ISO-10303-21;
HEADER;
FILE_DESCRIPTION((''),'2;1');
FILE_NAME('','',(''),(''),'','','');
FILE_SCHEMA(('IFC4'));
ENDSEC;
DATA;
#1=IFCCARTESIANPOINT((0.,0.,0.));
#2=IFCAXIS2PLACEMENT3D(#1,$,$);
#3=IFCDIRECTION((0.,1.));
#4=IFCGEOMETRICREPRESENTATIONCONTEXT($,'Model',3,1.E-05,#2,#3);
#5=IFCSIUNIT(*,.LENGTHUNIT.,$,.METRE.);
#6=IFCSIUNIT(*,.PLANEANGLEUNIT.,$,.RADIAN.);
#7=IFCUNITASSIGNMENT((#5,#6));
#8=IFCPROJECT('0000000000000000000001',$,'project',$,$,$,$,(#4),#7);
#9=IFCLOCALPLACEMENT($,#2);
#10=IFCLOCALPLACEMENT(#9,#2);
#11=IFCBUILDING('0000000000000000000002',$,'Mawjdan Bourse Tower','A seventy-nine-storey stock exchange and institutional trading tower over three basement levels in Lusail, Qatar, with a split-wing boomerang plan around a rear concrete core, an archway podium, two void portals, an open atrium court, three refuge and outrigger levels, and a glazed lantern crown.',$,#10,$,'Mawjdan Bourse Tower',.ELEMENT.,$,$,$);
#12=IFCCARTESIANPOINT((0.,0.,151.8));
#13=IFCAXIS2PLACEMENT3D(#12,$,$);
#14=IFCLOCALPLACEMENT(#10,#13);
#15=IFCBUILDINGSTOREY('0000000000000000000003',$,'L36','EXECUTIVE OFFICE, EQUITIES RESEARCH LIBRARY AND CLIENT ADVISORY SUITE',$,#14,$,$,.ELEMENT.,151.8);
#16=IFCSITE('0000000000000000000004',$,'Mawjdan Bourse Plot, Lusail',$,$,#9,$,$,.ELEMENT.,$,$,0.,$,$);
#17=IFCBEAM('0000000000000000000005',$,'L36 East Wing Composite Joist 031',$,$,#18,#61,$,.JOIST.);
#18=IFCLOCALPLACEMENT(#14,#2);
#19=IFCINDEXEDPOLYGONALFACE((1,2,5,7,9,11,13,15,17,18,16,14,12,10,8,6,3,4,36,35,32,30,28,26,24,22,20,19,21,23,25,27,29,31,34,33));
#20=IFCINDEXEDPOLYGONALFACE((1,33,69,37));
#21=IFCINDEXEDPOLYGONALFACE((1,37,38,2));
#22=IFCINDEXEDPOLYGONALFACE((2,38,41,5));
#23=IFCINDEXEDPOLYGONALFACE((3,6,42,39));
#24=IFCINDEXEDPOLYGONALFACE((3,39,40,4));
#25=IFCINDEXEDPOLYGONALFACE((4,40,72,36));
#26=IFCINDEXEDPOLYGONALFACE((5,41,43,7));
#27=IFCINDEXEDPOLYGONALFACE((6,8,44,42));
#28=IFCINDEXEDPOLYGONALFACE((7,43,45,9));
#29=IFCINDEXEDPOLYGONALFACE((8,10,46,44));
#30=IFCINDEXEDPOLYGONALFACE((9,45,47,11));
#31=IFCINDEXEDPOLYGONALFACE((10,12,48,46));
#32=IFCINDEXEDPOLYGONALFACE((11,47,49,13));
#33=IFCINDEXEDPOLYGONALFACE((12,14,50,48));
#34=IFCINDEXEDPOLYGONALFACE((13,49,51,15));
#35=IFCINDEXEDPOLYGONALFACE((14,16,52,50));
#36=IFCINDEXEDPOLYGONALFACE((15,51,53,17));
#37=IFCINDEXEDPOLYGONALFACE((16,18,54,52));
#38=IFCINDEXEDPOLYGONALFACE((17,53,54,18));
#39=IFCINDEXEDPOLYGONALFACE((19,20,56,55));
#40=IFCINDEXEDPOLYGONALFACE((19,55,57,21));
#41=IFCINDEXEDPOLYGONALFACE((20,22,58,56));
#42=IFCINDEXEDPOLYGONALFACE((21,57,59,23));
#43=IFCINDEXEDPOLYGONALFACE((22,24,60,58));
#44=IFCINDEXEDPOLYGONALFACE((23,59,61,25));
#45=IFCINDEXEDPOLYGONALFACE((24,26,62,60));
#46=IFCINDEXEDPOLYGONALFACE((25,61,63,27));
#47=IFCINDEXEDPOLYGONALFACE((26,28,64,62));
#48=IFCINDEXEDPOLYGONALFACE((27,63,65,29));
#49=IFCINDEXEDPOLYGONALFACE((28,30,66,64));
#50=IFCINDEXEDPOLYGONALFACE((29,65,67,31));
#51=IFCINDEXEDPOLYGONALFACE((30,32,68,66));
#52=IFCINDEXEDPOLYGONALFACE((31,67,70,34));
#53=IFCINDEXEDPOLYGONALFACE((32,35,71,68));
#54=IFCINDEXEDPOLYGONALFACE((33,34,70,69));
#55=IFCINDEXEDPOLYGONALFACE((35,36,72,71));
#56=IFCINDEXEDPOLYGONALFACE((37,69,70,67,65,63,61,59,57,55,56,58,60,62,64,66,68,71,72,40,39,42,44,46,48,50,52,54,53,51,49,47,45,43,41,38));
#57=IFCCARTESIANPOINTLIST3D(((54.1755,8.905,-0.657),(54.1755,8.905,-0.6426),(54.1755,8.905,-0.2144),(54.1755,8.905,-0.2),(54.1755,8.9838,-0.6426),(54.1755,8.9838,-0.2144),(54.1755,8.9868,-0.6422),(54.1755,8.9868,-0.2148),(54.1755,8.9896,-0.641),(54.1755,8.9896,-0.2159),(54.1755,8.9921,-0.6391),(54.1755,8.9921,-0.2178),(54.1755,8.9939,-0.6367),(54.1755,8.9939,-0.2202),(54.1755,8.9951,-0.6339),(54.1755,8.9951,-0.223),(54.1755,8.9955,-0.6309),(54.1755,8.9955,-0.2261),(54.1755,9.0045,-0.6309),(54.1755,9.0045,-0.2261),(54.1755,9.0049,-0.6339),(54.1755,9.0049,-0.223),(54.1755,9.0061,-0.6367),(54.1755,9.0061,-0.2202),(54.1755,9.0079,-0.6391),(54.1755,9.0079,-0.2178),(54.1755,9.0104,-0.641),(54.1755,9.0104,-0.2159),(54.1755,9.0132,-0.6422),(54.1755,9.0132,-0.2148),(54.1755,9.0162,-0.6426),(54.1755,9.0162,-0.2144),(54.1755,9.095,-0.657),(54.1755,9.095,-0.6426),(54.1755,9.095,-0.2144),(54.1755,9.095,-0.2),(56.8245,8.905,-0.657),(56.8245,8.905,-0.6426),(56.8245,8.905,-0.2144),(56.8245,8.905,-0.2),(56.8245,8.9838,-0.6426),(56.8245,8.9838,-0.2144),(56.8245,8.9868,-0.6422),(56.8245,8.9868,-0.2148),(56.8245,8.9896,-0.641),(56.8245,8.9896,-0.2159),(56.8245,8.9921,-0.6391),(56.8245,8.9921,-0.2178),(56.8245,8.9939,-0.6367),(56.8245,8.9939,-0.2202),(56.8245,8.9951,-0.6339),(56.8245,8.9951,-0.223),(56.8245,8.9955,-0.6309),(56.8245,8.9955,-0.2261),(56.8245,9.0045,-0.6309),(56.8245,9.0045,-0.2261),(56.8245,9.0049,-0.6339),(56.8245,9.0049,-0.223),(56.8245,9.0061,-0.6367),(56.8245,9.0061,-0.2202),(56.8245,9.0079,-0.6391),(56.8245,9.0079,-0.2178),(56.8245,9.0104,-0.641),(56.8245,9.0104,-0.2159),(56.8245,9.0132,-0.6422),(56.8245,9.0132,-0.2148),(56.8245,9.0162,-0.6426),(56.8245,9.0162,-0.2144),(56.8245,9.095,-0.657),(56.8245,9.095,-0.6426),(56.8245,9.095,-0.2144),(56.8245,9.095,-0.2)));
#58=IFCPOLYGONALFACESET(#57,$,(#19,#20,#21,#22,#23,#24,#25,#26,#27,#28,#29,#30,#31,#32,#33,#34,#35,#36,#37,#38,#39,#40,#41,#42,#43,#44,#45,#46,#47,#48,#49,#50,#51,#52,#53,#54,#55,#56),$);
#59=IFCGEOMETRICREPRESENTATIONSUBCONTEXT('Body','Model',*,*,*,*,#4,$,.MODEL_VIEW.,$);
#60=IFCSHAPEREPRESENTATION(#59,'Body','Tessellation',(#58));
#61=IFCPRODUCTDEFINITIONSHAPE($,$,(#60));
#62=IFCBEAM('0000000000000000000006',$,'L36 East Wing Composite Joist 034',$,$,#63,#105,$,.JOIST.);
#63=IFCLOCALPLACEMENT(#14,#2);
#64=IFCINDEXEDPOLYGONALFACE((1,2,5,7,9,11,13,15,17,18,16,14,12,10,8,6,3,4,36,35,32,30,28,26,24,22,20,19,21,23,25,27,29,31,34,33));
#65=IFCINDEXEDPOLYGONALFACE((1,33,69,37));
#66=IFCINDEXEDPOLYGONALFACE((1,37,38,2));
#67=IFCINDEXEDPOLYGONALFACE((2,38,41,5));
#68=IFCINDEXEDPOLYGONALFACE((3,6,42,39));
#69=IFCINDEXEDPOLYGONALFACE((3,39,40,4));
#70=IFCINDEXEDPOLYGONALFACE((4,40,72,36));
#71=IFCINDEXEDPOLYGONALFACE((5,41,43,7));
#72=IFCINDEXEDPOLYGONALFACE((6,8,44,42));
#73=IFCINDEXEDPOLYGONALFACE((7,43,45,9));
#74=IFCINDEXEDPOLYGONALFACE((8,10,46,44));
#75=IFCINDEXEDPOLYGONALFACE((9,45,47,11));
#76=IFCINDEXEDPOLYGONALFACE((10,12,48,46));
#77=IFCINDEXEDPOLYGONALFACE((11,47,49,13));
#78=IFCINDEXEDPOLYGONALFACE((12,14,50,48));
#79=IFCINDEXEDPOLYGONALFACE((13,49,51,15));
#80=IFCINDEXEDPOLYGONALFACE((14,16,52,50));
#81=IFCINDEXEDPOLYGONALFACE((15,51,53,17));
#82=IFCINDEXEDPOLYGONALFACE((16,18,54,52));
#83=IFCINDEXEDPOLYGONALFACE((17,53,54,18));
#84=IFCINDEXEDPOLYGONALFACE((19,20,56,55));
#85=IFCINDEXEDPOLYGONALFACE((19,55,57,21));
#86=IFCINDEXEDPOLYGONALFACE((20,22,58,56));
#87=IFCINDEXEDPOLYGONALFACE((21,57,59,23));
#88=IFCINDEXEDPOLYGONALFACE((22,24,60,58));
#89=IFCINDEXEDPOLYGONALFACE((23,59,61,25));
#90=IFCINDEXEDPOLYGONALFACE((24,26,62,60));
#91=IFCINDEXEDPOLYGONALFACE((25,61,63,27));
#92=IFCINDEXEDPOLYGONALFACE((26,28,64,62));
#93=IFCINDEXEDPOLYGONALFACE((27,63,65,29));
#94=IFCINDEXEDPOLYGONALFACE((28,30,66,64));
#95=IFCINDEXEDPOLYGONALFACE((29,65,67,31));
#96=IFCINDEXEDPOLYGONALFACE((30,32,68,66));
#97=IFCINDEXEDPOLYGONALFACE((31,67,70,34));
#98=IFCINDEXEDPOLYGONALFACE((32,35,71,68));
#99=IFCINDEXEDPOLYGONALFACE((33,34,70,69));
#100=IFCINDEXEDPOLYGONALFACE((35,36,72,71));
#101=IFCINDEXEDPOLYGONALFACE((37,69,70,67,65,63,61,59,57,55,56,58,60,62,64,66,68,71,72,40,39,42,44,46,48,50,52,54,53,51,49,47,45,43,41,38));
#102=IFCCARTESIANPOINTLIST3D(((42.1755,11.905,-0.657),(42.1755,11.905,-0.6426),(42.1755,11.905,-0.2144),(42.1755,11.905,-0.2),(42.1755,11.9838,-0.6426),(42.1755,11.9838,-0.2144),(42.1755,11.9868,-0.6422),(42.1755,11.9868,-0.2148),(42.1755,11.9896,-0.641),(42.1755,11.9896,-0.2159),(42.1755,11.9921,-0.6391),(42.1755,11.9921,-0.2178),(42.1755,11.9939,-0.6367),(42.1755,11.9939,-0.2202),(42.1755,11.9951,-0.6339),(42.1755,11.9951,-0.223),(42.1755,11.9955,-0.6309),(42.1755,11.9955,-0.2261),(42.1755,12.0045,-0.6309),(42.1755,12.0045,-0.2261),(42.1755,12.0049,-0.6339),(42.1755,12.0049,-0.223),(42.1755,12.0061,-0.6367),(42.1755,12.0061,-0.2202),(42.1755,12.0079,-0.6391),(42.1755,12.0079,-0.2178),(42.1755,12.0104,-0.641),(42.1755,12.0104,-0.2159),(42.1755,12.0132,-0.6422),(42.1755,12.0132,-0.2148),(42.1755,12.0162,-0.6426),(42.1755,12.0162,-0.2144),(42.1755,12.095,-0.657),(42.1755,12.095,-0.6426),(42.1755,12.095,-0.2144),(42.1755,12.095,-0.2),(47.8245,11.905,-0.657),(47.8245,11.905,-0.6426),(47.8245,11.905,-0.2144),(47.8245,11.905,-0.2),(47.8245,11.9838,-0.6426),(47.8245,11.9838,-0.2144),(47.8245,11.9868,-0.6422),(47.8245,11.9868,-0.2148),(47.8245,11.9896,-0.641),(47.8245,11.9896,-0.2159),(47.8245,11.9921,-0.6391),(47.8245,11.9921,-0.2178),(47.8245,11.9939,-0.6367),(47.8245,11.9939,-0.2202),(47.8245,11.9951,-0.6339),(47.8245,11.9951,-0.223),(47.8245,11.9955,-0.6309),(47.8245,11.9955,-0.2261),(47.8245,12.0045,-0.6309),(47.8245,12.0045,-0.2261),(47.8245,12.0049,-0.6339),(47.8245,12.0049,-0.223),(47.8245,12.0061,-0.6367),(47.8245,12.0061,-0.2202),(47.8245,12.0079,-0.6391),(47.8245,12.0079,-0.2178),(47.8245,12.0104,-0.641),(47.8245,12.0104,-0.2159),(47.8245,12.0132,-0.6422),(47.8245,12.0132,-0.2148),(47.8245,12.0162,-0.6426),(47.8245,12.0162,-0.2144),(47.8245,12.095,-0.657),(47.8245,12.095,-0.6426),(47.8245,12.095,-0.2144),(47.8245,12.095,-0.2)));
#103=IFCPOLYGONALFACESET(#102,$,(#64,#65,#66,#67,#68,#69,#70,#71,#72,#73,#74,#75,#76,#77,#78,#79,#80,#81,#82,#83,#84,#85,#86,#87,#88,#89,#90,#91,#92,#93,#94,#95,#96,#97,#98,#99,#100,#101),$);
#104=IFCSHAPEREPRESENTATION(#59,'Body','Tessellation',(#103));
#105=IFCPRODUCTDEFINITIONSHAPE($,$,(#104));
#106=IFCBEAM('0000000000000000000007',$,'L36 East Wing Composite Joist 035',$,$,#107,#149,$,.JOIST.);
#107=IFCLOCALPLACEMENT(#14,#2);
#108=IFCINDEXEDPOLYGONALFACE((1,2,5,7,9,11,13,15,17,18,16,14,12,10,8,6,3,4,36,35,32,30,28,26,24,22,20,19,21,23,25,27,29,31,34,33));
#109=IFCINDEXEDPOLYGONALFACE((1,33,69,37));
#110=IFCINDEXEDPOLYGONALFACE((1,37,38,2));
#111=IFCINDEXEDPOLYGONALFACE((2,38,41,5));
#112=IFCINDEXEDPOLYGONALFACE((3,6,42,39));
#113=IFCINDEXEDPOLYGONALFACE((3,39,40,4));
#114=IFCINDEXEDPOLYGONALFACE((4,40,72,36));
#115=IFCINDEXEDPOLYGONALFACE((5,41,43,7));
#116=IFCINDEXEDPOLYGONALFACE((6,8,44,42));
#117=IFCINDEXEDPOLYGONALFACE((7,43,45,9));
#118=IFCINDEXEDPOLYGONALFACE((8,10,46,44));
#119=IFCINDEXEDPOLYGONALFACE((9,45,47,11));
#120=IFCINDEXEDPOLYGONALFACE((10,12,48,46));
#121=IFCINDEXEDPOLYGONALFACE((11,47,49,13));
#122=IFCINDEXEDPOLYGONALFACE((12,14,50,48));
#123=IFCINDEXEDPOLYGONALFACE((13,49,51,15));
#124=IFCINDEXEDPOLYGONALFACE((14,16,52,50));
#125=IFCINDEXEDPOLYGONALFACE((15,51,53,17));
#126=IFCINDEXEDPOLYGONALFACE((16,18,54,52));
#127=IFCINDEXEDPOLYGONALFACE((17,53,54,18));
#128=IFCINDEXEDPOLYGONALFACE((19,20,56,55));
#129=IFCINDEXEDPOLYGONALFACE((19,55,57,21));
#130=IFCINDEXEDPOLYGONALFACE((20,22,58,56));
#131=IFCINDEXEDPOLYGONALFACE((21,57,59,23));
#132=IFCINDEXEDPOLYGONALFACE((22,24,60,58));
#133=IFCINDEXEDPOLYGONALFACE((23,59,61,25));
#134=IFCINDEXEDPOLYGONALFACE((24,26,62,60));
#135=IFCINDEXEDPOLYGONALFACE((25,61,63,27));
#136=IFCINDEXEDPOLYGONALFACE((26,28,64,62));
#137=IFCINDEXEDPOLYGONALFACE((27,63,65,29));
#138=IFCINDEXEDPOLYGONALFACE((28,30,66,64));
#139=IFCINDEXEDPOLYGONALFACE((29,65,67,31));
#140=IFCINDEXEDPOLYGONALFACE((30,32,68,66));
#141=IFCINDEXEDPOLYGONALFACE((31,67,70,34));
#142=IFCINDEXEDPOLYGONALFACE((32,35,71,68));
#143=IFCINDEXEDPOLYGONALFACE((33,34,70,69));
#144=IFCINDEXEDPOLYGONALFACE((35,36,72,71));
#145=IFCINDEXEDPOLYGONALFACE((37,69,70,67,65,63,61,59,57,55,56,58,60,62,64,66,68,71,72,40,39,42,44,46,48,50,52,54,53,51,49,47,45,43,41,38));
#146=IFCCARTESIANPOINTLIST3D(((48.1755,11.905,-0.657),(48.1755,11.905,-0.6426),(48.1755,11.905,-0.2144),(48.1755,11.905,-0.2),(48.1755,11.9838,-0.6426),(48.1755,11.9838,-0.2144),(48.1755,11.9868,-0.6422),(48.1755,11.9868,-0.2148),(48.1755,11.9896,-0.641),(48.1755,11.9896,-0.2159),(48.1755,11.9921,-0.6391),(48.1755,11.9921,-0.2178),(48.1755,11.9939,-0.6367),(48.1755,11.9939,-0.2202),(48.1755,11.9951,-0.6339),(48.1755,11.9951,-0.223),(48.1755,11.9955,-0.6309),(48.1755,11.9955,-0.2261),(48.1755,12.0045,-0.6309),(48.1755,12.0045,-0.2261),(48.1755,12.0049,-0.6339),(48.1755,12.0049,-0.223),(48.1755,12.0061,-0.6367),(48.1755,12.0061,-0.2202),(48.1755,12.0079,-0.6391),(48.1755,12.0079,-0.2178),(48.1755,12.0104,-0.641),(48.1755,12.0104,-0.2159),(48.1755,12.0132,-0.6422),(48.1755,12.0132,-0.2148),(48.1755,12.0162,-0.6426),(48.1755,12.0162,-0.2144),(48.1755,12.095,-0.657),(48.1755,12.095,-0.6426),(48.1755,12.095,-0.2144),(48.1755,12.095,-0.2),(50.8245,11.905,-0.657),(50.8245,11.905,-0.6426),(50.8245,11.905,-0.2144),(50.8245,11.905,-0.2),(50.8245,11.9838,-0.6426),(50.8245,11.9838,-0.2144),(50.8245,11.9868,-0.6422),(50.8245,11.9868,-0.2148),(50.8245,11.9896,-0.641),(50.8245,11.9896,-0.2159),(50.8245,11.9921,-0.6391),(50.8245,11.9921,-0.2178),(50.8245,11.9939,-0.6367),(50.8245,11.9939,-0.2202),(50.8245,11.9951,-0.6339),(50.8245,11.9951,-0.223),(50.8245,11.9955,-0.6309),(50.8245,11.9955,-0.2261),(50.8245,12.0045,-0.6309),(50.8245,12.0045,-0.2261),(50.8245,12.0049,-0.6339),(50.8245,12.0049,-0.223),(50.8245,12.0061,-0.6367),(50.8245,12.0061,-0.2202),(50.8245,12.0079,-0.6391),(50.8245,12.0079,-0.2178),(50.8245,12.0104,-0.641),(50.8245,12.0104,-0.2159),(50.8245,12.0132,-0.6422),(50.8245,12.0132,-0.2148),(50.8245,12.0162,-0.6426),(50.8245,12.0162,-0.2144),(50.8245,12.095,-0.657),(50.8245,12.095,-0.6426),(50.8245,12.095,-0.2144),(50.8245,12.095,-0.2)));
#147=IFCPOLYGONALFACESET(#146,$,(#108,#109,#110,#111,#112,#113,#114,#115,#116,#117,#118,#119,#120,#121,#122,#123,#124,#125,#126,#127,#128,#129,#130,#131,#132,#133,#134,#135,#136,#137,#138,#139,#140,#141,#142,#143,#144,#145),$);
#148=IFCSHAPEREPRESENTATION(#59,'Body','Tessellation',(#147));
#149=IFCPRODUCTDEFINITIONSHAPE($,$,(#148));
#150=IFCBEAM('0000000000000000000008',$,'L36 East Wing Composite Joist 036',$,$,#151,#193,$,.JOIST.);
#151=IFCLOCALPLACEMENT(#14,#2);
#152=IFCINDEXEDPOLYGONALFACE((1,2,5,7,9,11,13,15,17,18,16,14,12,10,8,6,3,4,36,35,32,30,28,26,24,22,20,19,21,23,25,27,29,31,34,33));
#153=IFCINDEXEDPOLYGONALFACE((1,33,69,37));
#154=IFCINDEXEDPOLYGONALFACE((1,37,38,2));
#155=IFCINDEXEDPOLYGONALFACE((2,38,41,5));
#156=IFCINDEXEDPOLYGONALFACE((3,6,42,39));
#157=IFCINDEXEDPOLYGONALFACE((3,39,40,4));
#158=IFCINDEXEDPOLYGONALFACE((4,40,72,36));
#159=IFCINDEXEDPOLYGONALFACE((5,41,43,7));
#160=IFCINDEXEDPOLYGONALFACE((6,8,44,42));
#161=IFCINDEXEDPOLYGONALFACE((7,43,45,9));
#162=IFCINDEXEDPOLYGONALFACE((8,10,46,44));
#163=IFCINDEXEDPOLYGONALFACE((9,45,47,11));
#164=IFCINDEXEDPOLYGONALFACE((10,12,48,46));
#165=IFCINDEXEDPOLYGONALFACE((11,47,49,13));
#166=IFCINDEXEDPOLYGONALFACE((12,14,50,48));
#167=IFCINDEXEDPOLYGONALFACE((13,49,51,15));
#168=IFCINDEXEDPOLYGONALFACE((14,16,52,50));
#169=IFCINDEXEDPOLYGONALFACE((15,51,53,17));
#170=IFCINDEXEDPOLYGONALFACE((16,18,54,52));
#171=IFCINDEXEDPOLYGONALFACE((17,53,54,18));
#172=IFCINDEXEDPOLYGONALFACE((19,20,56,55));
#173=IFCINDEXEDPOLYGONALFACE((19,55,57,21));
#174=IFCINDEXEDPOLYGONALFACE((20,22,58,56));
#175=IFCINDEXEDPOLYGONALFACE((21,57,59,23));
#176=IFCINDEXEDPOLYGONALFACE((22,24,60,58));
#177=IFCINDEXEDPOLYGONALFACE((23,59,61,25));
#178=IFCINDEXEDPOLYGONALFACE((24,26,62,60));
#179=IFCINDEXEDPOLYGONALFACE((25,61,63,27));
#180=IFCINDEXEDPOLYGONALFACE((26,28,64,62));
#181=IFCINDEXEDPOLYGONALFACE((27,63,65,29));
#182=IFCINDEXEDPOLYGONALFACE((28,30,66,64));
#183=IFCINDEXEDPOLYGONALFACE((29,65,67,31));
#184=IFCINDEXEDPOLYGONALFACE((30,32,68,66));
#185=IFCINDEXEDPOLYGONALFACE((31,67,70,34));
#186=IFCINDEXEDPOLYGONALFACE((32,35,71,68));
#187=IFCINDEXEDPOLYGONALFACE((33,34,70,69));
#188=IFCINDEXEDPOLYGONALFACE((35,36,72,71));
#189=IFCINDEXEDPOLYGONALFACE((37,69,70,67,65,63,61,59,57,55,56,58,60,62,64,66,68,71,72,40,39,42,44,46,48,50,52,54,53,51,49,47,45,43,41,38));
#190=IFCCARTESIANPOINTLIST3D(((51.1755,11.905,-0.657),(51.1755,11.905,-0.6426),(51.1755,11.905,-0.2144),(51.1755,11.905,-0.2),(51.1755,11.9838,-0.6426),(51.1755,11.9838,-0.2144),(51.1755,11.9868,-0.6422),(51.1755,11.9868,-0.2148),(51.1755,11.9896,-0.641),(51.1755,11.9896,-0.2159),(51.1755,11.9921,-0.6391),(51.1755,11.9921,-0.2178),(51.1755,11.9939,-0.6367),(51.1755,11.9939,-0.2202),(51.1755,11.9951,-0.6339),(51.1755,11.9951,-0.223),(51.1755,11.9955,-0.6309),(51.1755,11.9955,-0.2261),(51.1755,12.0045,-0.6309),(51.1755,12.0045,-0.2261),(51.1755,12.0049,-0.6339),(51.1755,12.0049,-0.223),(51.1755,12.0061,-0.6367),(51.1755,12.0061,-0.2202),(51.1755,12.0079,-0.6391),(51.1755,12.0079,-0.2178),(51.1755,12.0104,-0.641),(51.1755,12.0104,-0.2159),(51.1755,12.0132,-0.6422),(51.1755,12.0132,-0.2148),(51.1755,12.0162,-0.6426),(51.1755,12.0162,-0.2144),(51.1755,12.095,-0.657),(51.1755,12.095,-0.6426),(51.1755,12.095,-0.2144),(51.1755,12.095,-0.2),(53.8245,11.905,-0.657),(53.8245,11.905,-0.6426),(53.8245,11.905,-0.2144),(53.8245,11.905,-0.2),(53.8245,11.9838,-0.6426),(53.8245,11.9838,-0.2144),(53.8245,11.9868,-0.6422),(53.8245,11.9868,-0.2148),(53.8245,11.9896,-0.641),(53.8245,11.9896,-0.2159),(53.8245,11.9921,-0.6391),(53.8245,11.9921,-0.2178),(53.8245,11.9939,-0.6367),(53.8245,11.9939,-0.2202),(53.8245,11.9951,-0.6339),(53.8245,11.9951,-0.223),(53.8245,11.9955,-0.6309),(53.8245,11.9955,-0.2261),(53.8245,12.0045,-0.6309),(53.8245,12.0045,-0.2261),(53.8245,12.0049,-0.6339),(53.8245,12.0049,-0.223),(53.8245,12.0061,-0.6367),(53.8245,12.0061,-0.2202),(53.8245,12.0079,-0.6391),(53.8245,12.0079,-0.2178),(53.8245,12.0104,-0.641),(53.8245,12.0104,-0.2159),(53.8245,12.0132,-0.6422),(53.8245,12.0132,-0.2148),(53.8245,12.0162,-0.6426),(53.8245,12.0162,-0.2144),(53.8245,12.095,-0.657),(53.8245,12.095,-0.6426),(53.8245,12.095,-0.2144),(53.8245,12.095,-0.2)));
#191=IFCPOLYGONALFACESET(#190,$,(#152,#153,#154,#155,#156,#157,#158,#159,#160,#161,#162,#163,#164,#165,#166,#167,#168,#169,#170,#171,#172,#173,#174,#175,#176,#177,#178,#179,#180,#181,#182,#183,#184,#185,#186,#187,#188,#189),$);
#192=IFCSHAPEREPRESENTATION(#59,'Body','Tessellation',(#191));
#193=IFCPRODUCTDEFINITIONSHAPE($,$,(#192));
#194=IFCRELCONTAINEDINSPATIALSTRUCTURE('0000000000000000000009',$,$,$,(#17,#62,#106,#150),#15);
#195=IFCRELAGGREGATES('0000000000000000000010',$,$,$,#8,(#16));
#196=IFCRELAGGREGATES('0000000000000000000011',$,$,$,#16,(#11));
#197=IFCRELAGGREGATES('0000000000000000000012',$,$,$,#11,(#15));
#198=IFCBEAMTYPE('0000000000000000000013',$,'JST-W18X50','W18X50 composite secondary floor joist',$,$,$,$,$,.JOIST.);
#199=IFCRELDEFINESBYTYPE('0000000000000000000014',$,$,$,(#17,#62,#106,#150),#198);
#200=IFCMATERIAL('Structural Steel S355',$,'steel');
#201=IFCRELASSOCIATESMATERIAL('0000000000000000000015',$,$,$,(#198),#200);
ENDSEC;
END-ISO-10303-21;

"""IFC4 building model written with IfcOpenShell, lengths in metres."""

from ifc_helpers import new_model, si_unit, direction, frame, origin, origin_2d, place, context, subcontext, project, spatial, i_section, extrude, material, material_profile, profile_set, type_object, element, save


model = new_model("IFC4")

# Units and contexts
model_context = context("Model", 3, precision=1e-05, world=origin(), true_north=direction((0.0, 1.0)))
body_context = subcontext(model_context, "Body", "Model", "MODEL_VIEW")
ifc_project = project(units=[si_unit("LENGTHUNIT", "METRE"), si_unit("PLANEANGLEUNIT", "RADIAN")], contexts=[model_context])

# Site, building, storey
site_placement = place(None, origin())
site = spatial("IfcSite", under=ifc_project, at=site_placement, Name="Mawjdan Bourse Plot, Lusail", CompositionType="ELEMENT", RefElevation=0.0)
building_placement = place(site_placement, origin())
building = spatial("IfcBuilding", under=site, at=building_placement, Name="Mawjdan Bourse Tower", Description="A seventy-nine-storey stock exchange and institutional trading tower over three basement levels in Lusail, Qatar, with a split-wing boomerang plan around a rear concrete core, an archway podium, two void portals, an open atrium court, three refuge and outrigger levels, and a glazed lantern crown.", LongName="Mawjdan Bourse Tower", CompositionType="ELEMENT")
storey_placement = place(building_placement, frame((0.0, 0.0, 151.8)))
storey = spatial("IfcBuildingStorey", under=building, at=storey_placement, Name="L36", Description="EXECUTIVE OFFICE, EQUITIES RESEARCH LIBRARY AND CLIENT ADVISORY SUITE", CompositionType="ELEMENT", Elevation=151.8)

# Beams
ifc_material_1 = material(Name="Structural Steel S355", Category="steel")
ifc_material_profile_1 = material_profile(ifc_material_1, i_section(OverallWidth=0.1899, OverallDepth=0.457, WebThickness=0.009, FlangeThickness=0.0144, FilletRadius=0.0117, at=origin_2d()), Name="W18X50")
ifc_profile_set_1 = profile_set([ifc_material_profile_1], Name="Structural Steel S355")
beam_type_1 = type_object("IfcBeamType", Name="JST-W18X50", Description="W18X50 composite secondary floor joist", PredefinedType="JOIST", material=ifc_profile_set_1)
for number, where, z_axis, x_axis, name in (
    (1, (54.1755, 9.0, -0.4285), (1.0, 0.0, 0.0), (0.0, 1.0, 0.0), "L36 East Wing Composite Joist 031"),
):
    element("IfcBeam", number, at=place(storey_placement, frame(where, z_axis=z_axis, x_axis=x_axis)), inside=storey, type_object=beam_type_1, Name=name, PredefinedType="JOIST", context=body_context, shape_type="SweptSolid", body=[
        extrude(i_section(OverallWidth=0.1899, OverallDepth=0.457, WebThickness=0.009, FlangeThickness=0.0144, FilletRadius=0.0117, at=origin_2d()), origin(), (0.0, 0.0, 1.0), 2.6489),
    ])
beam_1_placement = place(storey_placement, frame((42.1755, 12.0, -0.4285), z_axis=(1.0, 0.0, 0.0), x_axis=(0.0, 1.0, 0.0)))
element("IfcBeam", 2, at=beam_1_placement, inside=storey, type_object=beam_type_1, Name="L36 East Wing Composite Joist 034", PredefinedType="JOIST", context=body_context, shape_type="SweptSolid", body=[
    extrude(i_section(OverallWidth=0.1899, OverallDepth=0.457, WebThickness=0.009, FlangeThickness=0.0144, FilletRadius=0.0117, at=origin_2d()), origin(), (0.0, 0.0, 1.0), 5.6489),
])
for number, where, z_axis, x_axis, name in (
    (3, (48.1755, 12.0, -0.4285), (1.0, 0.0, 0.0), (0.0, 1.0, 0.0), "L36 East Wing Composite Joist 035"),
    (4, (51.1755, 12.0, -0.4285), (1.0, 0.0, 0.0), (0.0, 1.0, 0.0), "L36 East Wing Composite Joist 036"),
):
    element("IfcBeam", number, at=place(storey_placement, frame(where, z_axis=z_axis, x_axis=x_axis)), inside=storey, type_object=beam_type_1, Name=name, PredefinedType="JOIST", context=body_context, shape_type="SweptSolid", body=[
        extrude(i_section(OverallWidth=0.1899, OverallDepth=0.457, WebThickness=0.009, FlangeThickness=0.0144, FilletRadius=0.0117, at=origin_2d()), origin(), (0.0, 0.0, 1.0), 2.6489),
    ])

save(model, "model.ifc")
